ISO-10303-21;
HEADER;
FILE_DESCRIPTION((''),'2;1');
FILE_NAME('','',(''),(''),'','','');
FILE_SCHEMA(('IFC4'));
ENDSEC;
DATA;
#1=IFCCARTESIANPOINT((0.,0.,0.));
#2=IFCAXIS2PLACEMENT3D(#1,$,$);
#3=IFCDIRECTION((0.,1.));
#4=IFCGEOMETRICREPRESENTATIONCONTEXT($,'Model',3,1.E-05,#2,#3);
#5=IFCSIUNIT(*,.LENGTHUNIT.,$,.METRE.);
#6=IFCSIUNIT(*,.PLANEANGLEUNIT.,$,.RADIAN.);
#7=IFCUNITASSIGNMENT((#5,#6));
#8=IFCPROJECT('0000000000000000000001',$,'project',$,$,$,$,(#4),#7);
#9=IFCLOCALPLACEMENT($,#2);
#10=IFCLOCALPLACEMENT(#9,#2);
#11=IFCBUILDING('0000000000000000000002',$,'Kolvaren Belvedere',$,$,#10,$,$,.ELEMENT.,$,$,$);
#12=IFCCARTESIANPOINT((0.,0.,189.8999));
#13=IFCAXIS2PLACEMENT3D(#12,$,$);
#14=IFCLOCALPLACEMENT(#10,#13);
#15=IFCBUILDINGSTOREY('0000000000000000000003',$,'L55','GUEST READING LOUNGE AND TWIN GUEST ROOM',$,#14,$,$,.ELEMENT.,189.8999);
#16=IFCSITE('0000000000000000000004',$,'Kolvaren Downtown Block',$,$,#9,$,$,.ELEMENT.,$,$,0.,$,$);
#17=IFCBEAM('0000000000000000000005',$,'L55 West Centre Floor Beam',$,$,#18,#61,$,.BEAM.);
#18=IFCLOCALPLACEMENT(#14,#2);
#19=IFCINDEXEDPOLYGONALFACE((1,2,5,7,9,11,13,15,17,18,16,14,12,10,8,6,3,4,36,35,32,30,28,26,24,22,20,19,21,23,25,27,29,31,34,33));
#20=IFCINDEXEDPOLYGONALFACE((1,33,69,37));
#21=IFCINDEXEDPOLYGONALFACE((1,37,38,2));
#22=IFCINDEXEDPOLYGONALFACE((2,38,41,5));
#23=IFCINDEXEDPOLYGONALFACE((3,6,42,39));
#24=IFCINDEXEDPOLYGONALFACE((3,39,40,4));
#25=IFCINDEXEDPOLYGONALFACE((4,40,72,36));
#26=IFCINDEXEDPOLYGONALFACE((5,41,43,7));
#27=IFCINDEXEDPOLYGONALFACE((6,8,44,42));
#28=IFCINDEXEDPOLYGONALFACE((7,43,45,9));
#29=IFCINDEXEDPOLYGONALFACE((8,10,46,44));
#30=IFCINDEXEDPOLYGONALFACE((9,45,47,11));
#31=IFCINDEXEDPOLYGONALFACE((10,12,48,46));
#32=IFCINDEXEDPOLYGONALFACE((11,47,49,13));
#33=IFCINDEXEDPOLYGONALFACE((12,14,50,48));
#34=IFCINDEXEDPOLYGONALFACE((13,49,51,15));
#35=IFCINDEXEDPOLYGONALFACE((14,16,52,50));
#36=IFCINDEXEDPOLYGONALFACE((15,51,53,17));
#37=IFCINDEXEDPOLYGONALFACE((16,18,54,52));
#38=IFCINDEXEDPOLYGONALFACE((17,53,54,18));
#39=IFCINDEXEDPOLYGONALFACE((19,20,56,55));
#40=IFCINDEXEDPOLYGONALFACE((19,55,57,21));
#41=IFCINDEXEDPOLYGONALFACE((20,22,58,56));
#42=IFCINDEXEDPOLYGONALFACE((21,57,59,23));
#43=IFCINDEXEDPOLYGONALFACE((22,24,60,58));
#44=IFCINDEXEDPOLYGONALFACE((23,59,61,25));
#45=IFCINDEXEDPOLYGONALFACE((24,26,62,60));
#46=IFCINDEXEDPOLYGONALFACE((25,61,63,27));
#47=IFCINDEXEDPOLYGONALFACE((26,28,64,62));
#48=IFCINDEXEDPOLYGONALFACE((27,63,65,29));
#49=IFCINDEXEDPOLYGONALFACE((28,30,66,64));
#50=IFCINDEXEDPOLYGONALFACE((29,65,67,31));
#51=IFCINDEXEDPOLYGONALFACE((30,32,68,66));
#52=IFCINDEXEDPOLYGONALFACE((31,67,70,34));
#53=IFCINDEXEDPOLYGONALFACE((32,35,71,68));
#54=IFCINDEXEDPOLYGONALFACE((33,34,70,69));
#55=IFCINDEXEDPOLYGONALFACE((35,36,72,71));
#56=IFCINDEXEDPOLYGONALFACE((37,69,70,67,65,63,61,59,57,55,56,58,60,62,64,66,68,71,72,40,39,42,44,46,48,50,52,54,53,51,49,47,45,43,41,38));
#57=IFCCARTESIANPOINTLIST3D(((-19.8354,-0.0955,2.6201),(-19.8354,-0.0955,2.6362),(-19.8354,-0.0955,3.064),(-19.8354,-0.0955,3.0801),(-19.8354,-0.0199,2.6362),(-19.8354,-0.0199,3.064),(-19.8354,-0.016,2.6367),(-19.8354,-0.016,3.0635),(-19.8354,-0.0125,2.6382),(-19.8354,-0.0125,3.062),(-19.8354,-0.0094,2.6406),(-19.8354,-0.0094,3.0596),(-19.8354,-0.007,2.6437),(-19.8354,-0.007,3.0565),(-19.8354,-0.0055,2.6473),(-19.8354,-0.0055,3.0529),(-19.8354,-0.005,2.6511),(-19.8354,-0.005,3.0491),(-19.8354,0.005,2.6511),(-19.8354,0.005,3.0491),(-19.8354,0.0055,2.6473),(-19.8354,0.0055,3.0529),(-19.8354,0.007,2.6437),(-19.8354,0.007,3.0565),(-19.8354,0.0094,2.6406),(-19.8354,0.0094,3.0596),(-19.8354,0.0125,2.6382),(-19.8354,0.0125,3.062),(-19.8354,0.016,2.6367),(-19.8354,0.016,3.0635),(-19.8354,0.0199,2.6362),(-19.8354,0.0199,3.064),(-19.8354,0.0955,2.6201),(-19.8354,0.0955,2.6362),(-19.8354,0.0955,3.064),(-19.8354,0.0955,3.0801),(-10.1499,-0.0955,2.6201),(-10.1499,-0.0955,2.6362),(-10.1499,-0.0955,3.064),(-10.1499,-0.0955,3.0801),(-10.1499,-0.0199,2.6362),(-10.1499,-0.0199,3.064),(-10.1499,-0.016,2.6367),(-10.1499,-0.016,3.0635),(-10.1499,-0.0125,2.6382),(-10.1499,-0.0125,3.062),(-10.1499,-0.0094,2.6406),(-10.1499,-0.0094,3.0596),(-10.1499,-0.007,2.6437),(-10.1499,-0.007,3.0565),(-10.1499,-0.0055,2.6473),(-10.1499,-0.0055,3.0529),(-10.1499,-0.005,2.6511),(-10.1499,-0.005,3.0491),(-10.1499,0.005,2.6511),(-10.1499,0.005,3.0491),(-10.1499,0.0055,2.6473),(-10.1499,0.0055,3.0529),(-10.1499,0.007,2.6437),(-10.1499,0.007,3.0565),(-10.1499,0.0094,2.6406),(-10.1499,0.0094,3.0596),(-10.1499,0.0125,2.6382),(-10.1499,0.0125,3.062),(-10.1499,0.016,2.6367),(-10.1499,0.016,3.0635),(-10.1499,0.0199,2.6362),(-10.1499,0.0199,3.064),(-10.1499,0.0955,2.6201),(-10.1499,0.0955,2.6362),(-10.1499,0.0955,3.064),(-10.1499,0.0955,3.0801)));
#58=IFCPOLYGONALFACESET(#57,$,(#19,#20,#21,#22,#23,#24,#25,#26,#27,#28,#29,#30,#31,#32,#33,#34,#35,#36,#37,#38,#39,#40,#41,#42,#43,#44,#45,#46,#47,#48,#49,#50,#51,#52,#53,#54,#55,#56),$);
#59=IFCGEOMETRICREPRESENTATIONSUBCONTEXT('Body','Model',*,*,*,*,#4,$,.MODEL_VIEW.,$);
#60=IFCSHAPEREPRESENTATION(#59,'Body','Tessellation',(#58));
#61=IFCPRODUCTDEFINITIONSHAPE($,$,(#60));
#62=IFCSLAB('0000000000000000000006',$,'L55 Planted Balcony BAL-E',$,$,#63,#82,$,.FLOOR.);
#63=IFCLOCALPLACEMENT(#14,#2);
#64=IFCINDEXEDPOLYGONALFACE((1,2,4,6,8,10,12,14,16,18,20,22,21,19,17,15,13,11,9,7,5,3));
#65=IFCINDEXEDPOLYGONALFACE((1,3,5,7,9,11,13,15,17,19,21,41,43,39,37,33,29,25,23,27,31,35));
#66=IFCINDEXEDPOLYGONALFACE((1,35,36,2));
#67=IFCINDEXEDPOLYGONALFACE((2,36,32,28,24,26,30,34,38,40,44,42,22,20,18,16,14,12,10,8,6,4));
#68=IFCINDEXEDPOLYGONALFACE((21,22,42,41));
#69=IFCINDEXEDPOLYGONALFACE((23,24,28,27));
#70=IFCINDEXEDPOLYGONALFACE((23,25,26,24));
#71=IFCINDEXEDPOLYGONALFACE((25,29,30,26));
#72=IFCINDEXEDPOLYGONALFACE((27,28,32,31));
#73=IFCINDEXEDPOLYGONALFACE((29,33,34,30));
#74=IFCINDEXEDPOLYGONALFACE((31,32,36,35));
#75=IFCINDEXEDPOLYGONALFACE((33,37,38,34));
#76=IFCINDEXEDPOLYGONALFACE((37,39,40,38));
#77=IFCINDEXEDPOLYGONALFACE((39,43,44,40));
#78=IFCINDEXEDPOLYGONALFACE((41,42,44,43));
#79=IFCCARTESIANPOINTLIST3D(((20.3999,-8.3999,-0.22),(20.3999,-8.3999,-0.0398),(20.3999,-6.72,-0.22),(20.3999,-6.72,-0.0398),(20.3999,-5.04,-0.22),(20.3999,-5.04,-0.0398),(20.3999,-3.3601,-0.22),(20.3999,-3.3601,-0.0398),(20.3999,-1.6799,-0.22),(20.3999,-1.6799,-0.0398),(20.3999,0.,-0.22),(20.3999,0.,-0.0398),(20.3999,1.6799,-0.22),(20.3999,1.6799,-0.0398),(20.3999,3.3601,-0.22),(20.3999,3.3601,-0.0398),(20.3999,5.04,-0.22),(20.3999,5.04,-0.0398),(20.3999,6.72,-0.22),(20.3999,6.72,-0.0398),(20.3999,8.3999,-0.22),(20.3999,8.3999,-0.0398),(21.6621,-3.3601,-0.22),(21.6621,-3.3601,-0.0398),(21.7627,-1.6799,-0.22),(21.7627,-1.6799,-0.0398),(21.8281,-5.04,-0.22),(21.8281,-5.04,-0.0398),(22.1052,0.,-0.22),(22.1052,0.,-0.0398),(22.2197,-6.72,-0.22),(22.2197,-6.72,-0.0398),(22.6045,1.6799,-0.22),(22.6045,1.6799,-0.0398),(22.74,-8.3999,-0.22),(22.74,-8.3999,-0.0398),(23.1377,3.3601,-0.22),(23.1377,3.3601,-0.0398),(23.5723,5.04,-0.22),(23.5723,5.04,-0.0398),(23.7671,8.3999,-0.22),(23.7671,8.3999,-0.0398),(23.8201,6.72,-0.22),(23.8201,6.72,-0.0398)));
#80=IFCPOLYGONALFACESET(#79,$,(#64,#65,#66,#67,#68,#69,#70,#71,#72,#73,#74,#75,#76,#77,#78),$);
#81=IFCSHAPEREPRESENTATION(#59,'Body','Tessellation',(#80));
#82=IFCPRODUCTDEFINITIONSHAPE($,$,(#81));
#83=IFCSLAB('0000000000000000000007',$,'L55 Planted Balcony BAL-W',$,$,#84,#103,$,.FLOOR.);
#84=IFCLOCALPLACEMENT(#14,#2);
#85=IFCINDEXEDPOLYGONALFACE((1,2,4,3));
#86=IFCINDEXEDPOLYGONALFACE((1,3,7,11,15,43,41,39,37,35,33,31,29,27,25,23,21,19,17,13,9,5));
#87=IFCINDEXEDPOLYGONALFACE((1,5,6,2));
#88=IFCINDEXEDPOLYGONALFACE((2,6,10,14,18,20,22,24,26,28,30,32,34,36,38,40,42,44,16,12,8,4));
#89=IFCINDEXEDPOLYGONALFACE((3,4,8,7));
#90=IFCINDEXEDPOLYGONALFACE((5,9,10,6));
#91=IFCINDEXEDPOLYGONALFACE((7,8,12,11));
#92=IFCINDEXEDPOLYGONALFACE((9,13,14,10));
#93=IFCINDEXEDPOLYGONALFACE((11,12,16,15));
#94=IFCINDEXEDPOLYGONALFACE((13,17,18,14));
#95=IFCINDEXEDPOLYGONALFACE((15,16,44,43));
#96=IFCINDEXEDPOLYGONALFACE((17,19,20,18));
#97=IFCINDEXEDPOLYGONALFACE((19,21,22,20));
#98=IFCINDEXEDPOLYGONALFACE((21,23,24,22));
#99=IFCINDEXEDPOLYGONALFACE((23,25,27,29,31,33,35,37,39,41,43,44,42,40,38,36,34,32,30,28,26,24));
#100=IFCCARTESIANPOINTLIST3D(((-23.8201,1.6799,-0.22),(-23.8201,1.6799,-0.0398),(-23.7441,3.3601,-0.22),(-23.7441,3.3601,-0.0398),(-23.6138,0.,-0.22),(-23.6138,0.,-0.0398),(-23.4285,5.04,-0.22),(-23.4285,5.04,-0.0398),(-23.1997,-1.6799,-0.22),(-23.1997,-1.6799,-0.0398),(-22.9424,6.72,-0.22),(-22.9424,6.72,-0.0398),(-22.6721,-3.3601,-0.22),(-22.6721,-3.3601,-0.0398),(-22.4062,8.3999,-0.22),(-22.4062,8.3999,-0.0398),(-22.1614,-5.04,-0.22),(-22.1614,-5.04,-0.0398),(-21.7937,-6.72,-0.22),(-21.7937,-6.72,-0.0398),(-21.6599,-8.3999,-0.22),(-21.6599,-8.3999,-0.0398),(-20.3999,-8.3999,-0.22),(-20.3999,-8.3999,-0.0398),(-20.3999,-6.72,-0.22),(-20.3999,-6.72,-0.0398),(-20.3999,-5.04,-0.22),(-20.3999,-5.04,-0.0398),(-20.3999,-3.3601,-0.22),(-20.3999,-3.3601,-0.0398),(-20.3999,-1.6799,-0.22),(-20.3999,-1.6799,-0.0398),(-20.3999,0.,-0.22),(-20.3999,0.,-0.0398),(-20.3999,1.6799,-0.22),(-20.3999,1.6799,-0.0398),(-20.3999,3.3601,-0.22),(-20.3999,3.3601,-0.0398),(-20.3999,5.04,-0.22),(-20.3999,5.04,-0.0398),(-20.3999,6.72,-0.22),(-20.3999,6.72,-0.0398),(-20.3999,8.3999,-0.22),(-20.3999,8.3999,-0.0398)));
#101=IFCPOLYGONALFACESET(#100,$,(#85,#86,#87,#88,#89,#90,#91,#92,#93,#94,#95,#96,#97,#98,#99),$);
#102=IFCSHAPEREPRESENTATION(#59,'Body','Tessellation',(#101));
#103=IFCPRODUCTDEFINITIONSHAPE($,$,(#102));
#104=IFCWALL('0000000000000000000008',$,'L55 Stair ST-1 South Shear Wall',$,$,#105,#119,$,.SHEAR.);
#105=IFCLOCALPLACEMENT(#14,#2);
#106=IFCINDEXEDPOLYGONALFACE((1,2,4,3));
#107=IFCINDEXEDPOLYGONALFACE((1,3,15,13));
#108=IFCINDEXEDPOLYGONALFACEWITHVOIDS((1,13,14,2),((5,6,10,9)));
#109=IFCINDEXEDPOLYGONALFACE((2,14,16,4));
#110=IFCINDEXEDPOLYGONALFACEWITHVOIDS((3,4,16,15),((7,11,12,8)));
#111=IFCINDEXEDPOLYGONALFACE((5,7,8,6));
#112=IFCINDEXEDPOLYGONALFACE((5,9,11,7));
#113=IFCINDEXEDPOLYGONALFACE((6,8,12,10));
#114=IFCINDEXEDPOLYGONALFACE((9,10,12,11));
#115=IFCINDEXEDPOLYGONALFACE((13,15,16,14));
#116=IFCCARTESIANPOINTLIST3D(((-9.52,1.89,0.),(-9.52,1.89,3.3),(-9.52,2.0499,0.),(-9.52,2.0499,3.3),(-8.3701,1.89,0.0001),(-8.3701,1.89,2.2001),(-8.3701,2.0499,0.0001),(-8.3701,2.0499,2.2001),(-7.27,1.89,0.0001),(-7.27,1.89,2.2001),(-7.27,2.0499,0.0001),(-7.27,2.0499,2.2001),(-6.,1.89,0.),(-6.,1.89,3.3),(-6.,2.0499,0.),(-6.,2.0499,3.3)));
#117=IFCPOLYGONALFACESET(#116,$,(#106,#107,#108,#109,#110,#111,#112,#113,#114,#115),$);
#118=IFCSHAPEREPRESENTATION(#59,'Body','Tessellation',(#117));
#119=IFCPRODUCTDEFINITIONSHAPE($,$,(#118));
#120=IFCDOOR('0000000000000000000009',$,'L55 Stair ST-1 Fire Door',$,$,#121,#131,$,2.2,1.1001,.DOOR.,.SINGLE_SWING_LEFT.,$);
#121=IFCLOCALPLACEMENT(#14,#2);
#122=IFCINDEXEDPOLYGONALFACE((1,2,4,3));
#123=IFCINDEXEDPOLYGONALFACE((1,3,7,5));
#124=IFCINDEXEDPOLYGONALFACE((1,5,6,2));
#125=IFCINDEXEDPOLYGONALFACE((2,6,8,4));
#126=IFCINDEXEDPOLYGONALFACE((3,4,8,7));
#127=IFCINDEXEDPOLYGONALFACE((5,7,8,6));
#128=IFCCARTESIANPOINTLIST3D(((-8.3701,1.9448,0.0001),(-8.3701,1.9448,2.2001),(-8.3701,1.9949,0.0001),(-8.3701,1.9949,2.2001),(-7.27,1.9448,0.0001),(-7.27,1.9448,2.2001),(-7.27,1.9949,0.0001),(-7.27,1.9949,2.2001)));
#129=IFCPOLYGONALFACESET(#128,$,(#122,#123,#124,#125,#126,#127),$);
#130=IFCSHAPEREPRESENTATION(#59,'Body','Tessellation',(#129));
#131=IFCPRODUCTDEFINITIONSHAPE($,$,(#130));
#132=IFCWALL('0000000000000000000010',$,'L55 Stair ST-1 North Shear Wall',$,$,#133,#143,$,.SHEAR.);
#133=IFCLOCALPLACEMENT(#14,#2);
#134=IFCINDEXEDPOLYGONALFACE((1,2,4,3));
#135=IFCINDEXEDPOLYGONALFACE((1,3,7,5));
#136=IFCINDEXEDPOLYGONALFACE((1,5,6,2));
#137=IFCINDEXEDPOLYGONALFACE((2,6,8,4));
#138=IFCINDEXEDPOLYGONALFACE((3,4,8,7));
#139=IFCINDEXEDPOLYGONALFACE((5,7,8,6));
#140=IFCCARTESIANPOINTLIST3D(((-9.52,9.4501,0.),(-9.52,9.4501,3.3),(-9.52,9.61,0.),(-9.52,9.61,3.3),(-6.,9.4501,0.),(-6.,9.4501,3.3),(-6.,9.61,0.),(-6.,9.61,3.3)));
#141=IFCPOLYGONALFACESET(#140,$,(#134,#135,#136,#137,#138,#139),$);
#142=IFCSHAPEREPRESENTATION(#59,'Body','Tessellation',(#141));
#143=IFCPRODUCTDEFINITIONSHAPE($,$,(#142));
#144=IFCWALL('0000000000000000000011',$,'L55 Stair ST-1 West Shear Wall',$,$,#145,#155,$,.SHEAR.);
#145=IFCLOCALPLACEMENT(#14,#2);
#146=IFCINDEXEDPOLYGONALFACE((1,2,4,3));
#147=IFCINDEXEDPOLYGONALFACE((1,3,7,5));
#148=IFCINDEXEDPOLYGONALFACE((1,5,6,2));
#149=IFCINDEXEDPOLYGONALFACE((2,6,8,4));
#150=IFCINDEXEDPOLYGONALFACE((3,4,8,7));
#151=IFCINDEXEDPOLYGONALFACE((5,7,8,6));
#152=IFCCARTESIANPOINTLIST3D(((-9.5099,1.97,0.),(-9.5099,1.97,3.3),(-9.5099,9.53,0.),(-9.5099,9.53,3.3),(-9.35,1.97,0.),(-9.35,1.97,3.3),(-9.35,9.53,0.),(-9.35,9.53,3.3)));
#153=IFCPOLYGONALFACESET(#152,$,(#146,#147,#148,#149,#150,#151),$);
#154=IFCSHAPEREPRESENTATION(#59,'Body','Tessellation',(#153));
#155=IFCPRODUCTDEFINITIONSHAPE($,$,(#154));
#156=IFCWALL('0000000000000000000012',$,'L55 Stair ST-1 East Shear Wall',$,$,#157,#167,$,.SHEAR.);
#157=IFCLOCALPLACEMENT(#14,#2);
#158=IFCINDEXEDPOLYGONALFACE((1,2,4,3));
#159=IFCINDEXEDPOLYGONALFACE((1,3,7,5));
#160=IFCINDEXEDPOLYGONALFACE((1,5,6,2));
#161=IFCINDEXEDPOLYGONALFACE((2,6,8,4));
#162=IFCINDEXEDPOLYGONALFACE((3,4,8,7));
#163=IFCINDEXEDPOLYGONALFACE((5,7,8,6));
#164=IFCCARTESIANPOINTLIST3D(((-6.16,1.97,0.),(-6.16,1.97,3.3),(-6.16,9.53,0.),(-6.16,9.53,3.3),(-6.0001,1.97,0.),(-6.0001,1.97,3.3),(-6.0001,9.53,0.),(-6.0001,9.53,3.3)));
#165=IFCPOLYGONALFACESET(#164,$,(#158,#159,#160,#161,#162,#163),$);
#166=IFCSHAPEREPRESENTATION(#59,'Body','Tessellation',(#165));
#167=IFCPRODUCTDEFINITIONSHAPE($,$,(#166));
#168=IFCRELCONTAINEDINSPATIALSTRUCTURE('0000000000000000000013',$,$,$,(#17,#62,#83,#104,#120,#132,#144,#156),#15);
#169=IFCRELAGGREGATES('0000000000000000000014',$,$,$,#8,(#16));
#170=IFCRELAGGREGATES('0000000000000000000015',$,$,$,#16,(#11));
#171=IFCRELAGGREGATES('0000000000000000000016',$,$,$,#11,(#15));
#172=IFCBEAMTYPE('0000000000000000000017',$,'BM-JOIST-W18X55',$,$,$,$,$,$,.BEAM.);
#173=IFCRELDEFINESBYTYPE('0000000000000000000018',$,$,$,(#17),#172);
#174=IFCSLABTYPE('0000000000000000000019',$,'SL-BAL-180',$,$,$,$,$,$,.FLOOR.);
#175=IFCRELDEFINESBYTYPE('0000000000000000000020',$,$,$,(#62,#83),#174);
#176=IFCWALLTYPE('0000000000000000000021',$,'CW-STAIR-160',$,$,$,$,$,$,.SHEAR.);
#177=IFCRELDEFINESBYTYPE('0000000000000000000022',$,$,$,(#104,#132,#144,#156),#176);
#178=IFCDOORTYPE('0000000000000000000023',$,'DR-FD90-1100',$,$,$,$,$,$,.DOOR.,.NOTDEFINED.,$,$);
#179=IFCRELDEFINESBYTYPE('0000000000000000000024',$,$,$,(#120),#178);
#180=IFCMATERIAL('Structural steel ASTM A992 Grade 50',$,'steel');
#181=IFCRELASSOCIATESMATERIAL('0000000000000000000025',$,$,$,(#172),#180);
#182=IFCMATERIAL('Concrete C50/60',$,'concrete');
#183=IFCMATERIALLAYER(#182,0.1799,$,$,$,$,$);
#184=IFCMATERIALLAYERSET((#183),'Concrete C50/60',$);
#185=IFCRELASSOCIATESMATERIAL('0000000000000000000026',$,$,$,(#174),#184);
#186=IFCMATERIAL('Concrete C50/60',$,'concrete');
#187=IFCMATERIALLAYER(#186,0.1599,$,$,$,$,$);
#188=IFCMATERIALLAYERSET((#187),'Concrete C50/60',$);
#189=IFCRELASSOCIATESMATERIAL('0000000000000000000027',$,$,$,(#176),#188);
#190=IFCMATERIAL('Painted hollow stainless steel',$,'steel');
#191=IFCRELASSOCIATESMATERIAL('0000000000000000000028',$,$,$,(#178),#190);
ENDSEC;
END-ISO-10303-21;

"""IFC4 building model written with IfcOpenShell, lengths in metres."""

from ifc_helpers import new_model, si_unit, direction, frame, frame_2d, origin, origin_2d, place, context, subcontext, project, spatial, polyline, rectangle, i_section, outline, extrude, material, layer, layer_set, material_profile, profile_set, type_object, element, fill, save


model = new_model("IFC4")

# Units and contexts
model_context = context("Model", 3, precision=1e-05, world=origin(), true_north=direction((0.0, 1.0)))
body_context = subcontext(model_context, "Body", "Model", "MODEL_VIEW")
ifc_project = project(units=[si_unit("LENGTHUNIT", "METRE"), si_unit("PLANEANGLEUNIT", "RADIAN")], contexts=[model_context])

# Site, building, storey
site_placement = place(None, origin())
site = spatial("IfcSite", under=ifc_project, at=site_placement, Name="Kolvaren Downtown Block", CompositionType="ELEMENT", RefElevation=0.0)
building_placement = place(site_placement, origin())
building = spatial("IfcBuilding", under=site, at=building_placement, Name="Kolvaren Belvedere", CompositionType="ELEMENT")
storey_placement = place(building_placement, frame((0.0, 0.0, 189.8999)))
storey = spatial("IfcBuildingStorey", under=building, at=storey_placement, Name="L55", Description="GUEST READING LOUNGE AND TWIN GUEST ROOM", CompositionType="ELEMENT", Elevation=189.8999)

# Beam
ifc_material_1 = material(Name="Structural steel ASTM A992 Grade 50", Category="steel")
ifc_material_profile_1 = material_profile(ifc_material_1, i_section(OverallWidth=0.1909, OverallDepth=0.46, WebThickness=0.01, FlangeThickness=0.0161, FilletRadius=0.0149, at=origin_2d()), Name="W18X55")
ifc_profile_set_1 = profile_set([ifc_material_profile_1], Name="Structural steel ASTM A992 Grade 50")
beam_type_1 = type_object("IfcBeamType", Name="BM-JOIST-W18X55", PredefinedType="BEAM", material=ifc_profile_set_1)
beam_1_placement = place(storey_placement, frame((-10.1499, 0.0, 2.8501), z_axis=(-1.0, 0.0, 0.0), x_axis=(0.0, -1.0, 0.0)))
element("IfcBeam", 1, at=beam_1_placement, inside=storey, type_object=beam_type_1, Name="L55 West Centre Floor Beam", PredefinedType="BEAM", context=body_context, shape_type="SweptSolid", body=[
    extrude(i_section(OverallWidth=0.1909, OverallDepth=0.46, WebThickness=0.01, FlangeThickness=0.0161, FilletRadius=0.0149, at=origin_2d()), origin(), (0.0, 0.0, 1.0), 9.6855),
])

# Slabs
ifc_material_2 = material(Name="Concrete C50/60", Category="concrete")
ifc_layer_1 = layer(ifc_material_2, 0.1799)
ifc_layer_set_1 = layer_set([ifc_layer_1], Name="Concrete C50/60")
slab_type_1 = type_object("IfcSlabType", Name="SL-BAL-180", PredefinedType="FLOOR", material=ifc_layer_set_1)
slab_1_placement = place(storey_placement, frame((0.0, 0.0, -0.22)))
element("IfcSlab", 2, at=slab_1_placement, inside=storey, type_object=slab_type_1, Name="L55 Planted Balcony BAL-E", PredefinedType="FLOOR", context=body_context, shape_type="SweptSolid", body=[
    extrude(outline(polyline([(22.74, -8.3999), (22.2197, -6.72), (21.8281, -5.04), (21.6621, -3.3601), (21.7627, -1.6799), (22.1052, 0.0), (22.6045, 1.6799), (23.1377, 3.3601), (23.5723, 5.04), (23.8201, 6.72), (23.7671, 8.3999), (20.3999, 8.3999), (20.3999, 6.72), (20.3999, 5.04), (20.3999, 3.3601), (20.3999, 1.6799), (20.3999, 0.0), (20.3999, -1.6799), (20.3999, -3.3601), (20.3999, -5.04), (20.3999, -6.72), (20.3999, -8.3999), (22.74, -8.3999)])), origin(), (0.0, 0.0, 1.0), 0.1802),
])
slab_2_placement = place(storey_placement, frame((0.0, 0.0, -0.22)))
element("IfcSlab", 3, at=slab_2_placement, inside=storey, type_object=slab_type_1, Name="L55 Planted Balcony BAL-W", PredefinedType="FLOOR", context=body_context, shape_type="SweptSolid", body=[
    extrude(outline(polyline([(-22.4062, 8.3999), (-22.9424, 6.72), (-23.4285, 5.04), (-23.7441, 3.3601), (-23.8201, 1.6799), (-23.6138, 0.0), (-23.1997, -1.6799), (-22.6721, -3.3601), (-22.1614, -5.04), (-21.7937, -6.72), (-21.6599, -8.3999), (-20.3999, -8.3999), (-20.3999, -6.72), (-20.3999, -5.04), (-20.3999, -3.3601), (-20.3999, -1.6799), (-20.3999, 0.0), (-20.3999, 1.6799), (-20.3999, 3.3601), (-20.3999, 5.04), (-20.3999, 6.72), (-20.3999, 8.3999), (-22.4062, 8.3999)])), origin(), (0.0, 0.0, 1.0), 0.1802),
])

# Wall, opening, door
ifc_material_3 = material(Name="Concrete C50/60", Category="concrete")
ifc_layer_2 = layer(ifc_material_3, 0.1599)
ifc_layer_set_2 = layer_set([ifc_layer_2], Name="Concrete C50/60")
wall_type_1 = type_object("IfcWallType", Name="CW-STAIR-160", PredefinedType="SHEAR", material=ifc_layer_set_2)
wall_1_placement = place(storey_placement, frame((-9.52, 1.97, 0.0), z_axis=(0.0, 0.0, 1.0), x_axis=(1.0, 0.0, 0.0)))
wall_1 = element("IfcWall", 4, at=wall_1_placement, inside=storey, type_object=wall_type_1, Name="L55 Stair ST-1 South Shear Wall", PredefinedType="SHEAR", context=body_context, shape_type="SweptSolid", body=[
    extrude(rectangle(XDim=3.52, YDim=0.1599, at=frame_2d((1.76, 0.0))), origin(), (0.0, 0.0, 1.0), 3.3),
])
opening_1_placement = place(wall_1_placement, frame((1.1499, 0.0, 0.0)))
opening_1 = element("IfcOpeningElement", 5, at=opening_1_placement, cuts=wall_1, PredefinedType="OPENING", context=body_context, shape_type="SweptSolid", body=[
    extrude(rectangle(XDim=1.1001, YDim=2.2, at=frame_2d((0.55, 1.1001))), frame((0.0, 0.0898, 0.0), z_axis=(0.0, -1.0, 0.0), x_axis=(1.0, 0.0, 0.0)), (0.0, 0.0, 1.0), 0.1799),
])
ifc_material_4 = material(Name="Painted hollow stainless steel", Category="steel")
door_type_1 = type_object("IfcDoorType", Name="DR-FD90-1100", OperationType="NOTDEFINED", PredefinedType="DOOR", material=ifc_material_4)
door_1_placement = place(opening_1_placement, origin())
door_1 = element("IfcDoor", 6, at=door_1_placement, inside=storey, type_object=door_type_1, Name="L55 Stair ST-1 Fire Door", OperationType="SINGLE_SWING_LEFT", OverallHeight=2.2, OverallWidth=1.1001, PredefinedType="DOOR", context=body_context, shape_type="SweptSolid", body=[
    extrude(rectangle(XDim=1.1001, YDim=2.2, at=frame_2d((0.55, 1.1001))), frame((0.0, 0.0249, 0.0), z_axis=(0.0, -1.0, 0.0), x_axis=(1.0, 0.0, 0.0)), (0.0, 0.0, 1.0), 0.05),
])
fill(opening_1, door_1)

# Walls
wall_2_placement = place(storey_placement, frame((-9.52, 9.53, 0.0), z_axis=(0.0, 0.0, 1.0), x_axis=(1.0, 0.0, 0.0)))
element("IfcWall", 7, at=wall_2_placement, inside=storey, type_object=wall_type_1, Name="L55 Stair ST-1 North Shear Wall", PredefinedType="SHEAR", context=body_context, shape_type="SweptSolid", body=[
    extrude(rectangle(XDim=3.52, YDim=0.1599, at=frame_2d((1.76, 0.0))), origin(), (0.0, 0.0, 1.0), 3.3),
])
for number, where, z_axis, x_axis, name in (
    (8, (-9.4299, 1.97, 0.0), (0.0, 0.0, 1.0), (0.0, 1.0, 0.0), "L55 Stair ST-1 West Shear Wall"),
    (9, (-6.0801, 1.97, 0.0), (0.0, 0.0, 1.0), (0.0, 1.0, 0.0), "L55 Stair ST-1 East Shear Wall"),
):
    element("IfcWall", number, at=place(storey_placement, frame(where, z_axis=z_axis, x_axis=x_axis)), inside=storey, type_object=wall_type_1, Name=name, PredefinedType="SHEAR", context=body_context, shape_type="SweptSolid", body=[
        extrude(rectangle(XDim=7.5601, YDim=0.1599, at=frame_2d((3.78, 0.0))), origin(), (0.0, 0.0, 1.0), 3.3),
    ])

save(model, "model.ifc")
